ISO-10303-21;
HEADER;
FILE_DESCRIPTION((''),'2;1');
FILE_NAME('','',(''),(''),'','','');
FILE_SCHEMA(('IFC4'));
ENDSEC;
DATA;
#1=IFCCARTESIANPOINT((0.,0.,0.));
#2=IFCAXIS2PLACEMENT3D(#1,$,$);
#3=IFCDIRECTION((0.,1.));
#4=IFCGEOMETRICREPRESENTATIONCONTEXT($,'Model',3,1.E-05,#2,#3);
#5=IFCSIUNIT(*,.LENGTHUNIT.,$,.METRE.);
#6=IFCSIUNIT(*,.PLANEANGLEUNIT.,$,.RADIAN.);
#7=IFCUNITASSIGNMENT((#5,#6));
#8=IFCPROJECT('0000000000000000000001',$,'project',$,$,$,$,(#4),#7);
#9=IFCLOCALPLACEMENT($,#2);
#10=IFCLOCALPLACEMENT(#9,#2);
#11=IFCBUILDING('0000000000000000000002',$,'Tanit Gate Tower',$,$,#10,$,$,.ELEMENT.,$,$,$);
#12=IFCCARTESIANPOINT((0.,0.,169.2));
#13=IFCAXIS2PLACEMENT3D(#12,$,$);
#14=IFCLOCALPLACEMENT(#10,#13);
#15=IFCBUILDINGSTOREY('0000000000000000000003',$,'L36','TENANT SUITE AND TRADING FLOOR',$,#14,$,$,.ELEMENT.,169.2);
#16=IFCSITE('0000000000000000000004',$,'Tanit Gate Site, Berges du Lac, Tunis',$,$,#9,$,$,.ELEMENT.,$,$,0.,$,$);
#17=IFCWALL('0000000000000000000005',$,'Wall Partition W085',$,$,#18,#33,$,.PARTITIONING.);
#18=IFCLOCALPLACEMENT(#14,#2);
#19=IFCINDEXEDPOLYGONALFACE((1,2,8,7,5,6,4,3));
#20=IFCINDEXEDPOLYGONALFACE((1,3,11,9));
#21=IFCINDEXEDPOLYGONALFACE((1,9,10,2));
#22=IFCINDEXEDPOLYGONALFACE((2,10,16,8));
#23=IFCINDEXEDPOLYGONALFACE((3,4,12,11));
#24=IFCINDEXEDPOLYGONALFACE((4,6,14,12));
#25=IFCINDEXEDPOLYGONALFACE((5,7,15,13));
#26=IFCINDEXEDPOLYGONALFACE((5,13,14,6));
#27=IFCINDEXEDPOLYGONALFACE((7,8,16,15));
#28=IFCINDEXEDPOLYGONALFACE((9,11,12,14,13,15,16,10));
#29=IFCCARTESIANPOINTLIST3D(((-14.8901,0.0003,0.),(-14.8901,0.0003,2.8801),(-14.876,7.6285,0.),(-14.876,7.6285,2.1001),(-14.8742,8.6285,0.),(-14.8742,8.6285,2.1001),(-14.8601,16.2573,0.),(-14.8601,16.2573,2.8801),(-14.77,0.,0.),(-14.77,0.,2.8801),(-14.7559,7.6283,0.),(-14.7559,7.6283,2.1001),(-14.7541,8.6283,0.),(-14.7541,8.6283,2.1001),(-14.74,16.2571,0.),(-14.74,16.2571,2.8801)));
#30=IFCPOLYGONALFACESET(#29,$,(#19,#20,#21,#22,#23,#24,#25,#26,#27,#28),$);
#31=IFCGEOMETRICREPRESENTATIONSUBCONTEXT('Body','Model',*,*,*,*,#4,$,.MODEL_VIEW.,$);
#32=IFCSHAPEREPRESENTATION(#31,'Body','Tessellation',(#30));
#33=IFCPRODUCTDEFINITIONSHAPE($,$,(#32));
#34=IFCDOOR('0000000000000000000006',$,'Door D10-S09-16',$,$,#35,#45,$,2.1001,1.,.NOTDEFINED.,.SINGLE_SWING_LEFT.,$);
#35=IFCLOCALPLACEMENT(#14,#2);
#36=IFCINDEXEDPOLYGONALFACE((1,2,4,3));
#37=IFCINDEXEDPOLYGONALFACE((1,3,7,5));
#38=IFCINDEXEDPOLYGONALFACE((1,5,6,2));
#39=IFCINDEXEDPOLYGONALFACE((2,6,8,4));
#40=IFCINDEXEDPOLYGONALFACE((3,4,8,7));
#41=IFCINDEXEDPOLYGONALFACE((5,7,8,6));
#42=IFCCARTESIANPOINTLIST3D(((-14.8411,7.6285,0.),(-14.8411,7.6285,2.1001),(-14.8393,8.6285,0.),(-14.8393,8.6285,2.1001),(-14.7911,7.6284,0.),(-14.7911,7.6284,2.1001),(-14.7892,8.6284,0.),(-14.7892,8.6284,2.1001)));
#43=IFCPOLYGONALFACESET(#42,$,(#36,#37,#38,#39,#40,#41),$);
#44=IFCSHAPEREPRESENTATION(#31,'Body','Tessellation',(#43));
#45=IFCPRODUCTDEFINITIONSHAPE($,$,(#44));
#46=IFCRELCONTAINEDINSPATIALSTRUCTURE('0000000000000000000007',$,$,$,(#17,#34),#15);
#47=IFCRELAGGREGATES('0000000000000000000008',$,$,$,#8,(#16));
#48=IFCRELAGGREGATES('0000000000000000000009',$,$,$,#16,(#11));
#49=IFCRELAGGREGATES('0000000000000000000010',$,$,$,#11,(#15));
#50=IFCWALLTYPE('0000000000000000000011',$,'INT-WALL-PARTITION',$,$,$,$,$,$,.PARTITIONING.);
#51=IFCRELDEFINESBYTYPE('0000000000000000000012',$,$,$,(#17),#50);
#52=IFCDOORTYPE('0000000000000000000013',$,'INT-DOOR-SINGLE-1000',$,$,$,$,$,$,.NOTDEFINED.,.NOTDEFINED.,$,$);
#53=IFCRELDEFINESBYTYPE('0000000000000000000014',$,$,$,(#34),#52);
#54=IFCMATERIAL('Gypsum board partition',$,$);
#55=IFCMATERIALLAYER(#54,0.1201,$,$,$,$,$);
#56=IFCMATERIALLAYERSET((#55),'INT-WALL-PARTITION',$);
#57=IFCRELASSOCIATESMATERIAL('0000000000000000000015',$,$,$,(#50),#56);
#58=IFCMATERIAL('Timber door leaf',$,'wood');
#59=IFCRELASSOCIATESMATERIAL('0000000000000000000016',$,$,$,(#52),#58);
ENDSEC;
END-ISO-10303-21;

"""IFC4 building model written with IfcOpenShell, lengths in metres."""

from ifc_helpers import new_model, si_unit, direction, frame, frame_2d, origin, place, context, subcontext, project, spatial, rectangle, extrude, material, layer, layer_set, type_object, element, fill, save


model = new_model("IFC4")

# Units and contexts
model_context = context("Model", 3, precision=1e-05, world=origin(), true_north=direction((0.0, 1.0)))
body_context = subcontext(model_context, "Body", "Model", "MODEL_VIEW")
ifc_project = project(units=[si_unit("LENGTHUNIT", "METRE"), si_unit("PLANEANGLEUNIT", "RADIAN")], contexts=[model_context])

# Site, building, storey
site_placement = place(None, origin())
site = spatial("IfcSite", under=ifc_project, at=site_placement, Name="Tanit Gate Site, Berges du Lac, Tunis", CompositionType="ELEMENT", RefElevation=0.0)
building_placement = place(site_placement, origin())
building = spatial("IfcBuilding", under=site, at=building_placement, Name="Tanit Gate Tower", CompositionType="ELEMENT")
storey_placement = place(building_placement, frame((0.0, 0.0, 169.2)))
storey = spatial("IfcBuildingStorey", under=building, at=storey_placement, Name="L36", Description="TENANT SUITE AND TRADING FLOOR", CompositionType="ELEMENT", Elevation=169.2)

# Wall, opening, door
ifc_material_1 = material(Name="Gypsum board partition")
ifc_layer_1 = layer(ifc_material_1, 0.1201)
ifc_layer_set_1 = layer_set([ifc_layer_1], Name="INT-WALL-PARTITION")
wall_type_1 = type_object("IfcWallType", Name="INT-WALL-PARTITION", PredefinedType="PARTITIONING", material=ifc_layer_set_1)
wall_1_placement = place(storey_placement, frame((-14.8, 16.2571, 0.0), z_axis=(0.0, 0.0, 1.0), x_axis=(-0.001847, -0.999998, 0.0)))
wall_1 = element("IfcWall", 1, at=wall_1_placement, inside=storey, type_object=wall_type_1, Name="Wall Partition W085", PredefinedType="PARTITIONING", context=body_context, shape_type="SweptSolid", body=[
    extrude(rectangle(XDim=16.2571, YDim=0.1201, at=frame_2d((8.1284, 0.0))), origin(), (0.0, 0.0, 1.0), 2.8801),
])
opening_1_placement = place(wall_1_placement, frame((7.6287, 0.0, 0.0)))
opening_1 = element("IfcOpeningElement", 2, at=opening_1_placement, cuts=wall_1, PredefinedType="OPENING", context=body_context, shape_type="SweptSolid", body=[
    extrude(rectangle(XDim=1.0, YDim=2.1001, at=frame_2d((0.5, 1.05))), frame((0.0, 0.0701, 0.0), z_axis=(0.0, -1.0, 0.0), x_axis=(1.0, 0.0, 0.0)), (0.0, 0.0, 1.0), 0.1401),
])
ifc_material_2 = material(Name="Timber door leaf", Category="wood")
door_type_1 = type_object("IfcDoorType", Name="INT-DOOR-SINGLE-1000", OperationType="NOTDEFINED", PredefinedType="NOTDEFINED", material=ifc_material_2)
door_1_placement = place(opening_1_placement, origin())
door_1 = element("IfcDoor", 3, at=door_1_placement, inside=storey, type_object=door_type_1, Name="Door D10-S09-16", OperationType="SINGLE_SWING_LEFT", OverallHeight=2.1001, OverallWidth=1.0, PredefinedType="NOTDEFINED", context=body_context, shape_type="SweptSolid", body=[
    extrude(rectangle(XDim=1.0, YDim=2.1001, at=frame_2d((0.5, 1.05))), frame((0.0, 0.0249, 0.0), z_axis=(0.0, -1.0, 0.0), x_axis=(1.0, 0.0, 0.0)), (0.0, 0.0, 1.0), 0.05),
])
fill(opening_1, door_1)

save(model, "model.ifc")
